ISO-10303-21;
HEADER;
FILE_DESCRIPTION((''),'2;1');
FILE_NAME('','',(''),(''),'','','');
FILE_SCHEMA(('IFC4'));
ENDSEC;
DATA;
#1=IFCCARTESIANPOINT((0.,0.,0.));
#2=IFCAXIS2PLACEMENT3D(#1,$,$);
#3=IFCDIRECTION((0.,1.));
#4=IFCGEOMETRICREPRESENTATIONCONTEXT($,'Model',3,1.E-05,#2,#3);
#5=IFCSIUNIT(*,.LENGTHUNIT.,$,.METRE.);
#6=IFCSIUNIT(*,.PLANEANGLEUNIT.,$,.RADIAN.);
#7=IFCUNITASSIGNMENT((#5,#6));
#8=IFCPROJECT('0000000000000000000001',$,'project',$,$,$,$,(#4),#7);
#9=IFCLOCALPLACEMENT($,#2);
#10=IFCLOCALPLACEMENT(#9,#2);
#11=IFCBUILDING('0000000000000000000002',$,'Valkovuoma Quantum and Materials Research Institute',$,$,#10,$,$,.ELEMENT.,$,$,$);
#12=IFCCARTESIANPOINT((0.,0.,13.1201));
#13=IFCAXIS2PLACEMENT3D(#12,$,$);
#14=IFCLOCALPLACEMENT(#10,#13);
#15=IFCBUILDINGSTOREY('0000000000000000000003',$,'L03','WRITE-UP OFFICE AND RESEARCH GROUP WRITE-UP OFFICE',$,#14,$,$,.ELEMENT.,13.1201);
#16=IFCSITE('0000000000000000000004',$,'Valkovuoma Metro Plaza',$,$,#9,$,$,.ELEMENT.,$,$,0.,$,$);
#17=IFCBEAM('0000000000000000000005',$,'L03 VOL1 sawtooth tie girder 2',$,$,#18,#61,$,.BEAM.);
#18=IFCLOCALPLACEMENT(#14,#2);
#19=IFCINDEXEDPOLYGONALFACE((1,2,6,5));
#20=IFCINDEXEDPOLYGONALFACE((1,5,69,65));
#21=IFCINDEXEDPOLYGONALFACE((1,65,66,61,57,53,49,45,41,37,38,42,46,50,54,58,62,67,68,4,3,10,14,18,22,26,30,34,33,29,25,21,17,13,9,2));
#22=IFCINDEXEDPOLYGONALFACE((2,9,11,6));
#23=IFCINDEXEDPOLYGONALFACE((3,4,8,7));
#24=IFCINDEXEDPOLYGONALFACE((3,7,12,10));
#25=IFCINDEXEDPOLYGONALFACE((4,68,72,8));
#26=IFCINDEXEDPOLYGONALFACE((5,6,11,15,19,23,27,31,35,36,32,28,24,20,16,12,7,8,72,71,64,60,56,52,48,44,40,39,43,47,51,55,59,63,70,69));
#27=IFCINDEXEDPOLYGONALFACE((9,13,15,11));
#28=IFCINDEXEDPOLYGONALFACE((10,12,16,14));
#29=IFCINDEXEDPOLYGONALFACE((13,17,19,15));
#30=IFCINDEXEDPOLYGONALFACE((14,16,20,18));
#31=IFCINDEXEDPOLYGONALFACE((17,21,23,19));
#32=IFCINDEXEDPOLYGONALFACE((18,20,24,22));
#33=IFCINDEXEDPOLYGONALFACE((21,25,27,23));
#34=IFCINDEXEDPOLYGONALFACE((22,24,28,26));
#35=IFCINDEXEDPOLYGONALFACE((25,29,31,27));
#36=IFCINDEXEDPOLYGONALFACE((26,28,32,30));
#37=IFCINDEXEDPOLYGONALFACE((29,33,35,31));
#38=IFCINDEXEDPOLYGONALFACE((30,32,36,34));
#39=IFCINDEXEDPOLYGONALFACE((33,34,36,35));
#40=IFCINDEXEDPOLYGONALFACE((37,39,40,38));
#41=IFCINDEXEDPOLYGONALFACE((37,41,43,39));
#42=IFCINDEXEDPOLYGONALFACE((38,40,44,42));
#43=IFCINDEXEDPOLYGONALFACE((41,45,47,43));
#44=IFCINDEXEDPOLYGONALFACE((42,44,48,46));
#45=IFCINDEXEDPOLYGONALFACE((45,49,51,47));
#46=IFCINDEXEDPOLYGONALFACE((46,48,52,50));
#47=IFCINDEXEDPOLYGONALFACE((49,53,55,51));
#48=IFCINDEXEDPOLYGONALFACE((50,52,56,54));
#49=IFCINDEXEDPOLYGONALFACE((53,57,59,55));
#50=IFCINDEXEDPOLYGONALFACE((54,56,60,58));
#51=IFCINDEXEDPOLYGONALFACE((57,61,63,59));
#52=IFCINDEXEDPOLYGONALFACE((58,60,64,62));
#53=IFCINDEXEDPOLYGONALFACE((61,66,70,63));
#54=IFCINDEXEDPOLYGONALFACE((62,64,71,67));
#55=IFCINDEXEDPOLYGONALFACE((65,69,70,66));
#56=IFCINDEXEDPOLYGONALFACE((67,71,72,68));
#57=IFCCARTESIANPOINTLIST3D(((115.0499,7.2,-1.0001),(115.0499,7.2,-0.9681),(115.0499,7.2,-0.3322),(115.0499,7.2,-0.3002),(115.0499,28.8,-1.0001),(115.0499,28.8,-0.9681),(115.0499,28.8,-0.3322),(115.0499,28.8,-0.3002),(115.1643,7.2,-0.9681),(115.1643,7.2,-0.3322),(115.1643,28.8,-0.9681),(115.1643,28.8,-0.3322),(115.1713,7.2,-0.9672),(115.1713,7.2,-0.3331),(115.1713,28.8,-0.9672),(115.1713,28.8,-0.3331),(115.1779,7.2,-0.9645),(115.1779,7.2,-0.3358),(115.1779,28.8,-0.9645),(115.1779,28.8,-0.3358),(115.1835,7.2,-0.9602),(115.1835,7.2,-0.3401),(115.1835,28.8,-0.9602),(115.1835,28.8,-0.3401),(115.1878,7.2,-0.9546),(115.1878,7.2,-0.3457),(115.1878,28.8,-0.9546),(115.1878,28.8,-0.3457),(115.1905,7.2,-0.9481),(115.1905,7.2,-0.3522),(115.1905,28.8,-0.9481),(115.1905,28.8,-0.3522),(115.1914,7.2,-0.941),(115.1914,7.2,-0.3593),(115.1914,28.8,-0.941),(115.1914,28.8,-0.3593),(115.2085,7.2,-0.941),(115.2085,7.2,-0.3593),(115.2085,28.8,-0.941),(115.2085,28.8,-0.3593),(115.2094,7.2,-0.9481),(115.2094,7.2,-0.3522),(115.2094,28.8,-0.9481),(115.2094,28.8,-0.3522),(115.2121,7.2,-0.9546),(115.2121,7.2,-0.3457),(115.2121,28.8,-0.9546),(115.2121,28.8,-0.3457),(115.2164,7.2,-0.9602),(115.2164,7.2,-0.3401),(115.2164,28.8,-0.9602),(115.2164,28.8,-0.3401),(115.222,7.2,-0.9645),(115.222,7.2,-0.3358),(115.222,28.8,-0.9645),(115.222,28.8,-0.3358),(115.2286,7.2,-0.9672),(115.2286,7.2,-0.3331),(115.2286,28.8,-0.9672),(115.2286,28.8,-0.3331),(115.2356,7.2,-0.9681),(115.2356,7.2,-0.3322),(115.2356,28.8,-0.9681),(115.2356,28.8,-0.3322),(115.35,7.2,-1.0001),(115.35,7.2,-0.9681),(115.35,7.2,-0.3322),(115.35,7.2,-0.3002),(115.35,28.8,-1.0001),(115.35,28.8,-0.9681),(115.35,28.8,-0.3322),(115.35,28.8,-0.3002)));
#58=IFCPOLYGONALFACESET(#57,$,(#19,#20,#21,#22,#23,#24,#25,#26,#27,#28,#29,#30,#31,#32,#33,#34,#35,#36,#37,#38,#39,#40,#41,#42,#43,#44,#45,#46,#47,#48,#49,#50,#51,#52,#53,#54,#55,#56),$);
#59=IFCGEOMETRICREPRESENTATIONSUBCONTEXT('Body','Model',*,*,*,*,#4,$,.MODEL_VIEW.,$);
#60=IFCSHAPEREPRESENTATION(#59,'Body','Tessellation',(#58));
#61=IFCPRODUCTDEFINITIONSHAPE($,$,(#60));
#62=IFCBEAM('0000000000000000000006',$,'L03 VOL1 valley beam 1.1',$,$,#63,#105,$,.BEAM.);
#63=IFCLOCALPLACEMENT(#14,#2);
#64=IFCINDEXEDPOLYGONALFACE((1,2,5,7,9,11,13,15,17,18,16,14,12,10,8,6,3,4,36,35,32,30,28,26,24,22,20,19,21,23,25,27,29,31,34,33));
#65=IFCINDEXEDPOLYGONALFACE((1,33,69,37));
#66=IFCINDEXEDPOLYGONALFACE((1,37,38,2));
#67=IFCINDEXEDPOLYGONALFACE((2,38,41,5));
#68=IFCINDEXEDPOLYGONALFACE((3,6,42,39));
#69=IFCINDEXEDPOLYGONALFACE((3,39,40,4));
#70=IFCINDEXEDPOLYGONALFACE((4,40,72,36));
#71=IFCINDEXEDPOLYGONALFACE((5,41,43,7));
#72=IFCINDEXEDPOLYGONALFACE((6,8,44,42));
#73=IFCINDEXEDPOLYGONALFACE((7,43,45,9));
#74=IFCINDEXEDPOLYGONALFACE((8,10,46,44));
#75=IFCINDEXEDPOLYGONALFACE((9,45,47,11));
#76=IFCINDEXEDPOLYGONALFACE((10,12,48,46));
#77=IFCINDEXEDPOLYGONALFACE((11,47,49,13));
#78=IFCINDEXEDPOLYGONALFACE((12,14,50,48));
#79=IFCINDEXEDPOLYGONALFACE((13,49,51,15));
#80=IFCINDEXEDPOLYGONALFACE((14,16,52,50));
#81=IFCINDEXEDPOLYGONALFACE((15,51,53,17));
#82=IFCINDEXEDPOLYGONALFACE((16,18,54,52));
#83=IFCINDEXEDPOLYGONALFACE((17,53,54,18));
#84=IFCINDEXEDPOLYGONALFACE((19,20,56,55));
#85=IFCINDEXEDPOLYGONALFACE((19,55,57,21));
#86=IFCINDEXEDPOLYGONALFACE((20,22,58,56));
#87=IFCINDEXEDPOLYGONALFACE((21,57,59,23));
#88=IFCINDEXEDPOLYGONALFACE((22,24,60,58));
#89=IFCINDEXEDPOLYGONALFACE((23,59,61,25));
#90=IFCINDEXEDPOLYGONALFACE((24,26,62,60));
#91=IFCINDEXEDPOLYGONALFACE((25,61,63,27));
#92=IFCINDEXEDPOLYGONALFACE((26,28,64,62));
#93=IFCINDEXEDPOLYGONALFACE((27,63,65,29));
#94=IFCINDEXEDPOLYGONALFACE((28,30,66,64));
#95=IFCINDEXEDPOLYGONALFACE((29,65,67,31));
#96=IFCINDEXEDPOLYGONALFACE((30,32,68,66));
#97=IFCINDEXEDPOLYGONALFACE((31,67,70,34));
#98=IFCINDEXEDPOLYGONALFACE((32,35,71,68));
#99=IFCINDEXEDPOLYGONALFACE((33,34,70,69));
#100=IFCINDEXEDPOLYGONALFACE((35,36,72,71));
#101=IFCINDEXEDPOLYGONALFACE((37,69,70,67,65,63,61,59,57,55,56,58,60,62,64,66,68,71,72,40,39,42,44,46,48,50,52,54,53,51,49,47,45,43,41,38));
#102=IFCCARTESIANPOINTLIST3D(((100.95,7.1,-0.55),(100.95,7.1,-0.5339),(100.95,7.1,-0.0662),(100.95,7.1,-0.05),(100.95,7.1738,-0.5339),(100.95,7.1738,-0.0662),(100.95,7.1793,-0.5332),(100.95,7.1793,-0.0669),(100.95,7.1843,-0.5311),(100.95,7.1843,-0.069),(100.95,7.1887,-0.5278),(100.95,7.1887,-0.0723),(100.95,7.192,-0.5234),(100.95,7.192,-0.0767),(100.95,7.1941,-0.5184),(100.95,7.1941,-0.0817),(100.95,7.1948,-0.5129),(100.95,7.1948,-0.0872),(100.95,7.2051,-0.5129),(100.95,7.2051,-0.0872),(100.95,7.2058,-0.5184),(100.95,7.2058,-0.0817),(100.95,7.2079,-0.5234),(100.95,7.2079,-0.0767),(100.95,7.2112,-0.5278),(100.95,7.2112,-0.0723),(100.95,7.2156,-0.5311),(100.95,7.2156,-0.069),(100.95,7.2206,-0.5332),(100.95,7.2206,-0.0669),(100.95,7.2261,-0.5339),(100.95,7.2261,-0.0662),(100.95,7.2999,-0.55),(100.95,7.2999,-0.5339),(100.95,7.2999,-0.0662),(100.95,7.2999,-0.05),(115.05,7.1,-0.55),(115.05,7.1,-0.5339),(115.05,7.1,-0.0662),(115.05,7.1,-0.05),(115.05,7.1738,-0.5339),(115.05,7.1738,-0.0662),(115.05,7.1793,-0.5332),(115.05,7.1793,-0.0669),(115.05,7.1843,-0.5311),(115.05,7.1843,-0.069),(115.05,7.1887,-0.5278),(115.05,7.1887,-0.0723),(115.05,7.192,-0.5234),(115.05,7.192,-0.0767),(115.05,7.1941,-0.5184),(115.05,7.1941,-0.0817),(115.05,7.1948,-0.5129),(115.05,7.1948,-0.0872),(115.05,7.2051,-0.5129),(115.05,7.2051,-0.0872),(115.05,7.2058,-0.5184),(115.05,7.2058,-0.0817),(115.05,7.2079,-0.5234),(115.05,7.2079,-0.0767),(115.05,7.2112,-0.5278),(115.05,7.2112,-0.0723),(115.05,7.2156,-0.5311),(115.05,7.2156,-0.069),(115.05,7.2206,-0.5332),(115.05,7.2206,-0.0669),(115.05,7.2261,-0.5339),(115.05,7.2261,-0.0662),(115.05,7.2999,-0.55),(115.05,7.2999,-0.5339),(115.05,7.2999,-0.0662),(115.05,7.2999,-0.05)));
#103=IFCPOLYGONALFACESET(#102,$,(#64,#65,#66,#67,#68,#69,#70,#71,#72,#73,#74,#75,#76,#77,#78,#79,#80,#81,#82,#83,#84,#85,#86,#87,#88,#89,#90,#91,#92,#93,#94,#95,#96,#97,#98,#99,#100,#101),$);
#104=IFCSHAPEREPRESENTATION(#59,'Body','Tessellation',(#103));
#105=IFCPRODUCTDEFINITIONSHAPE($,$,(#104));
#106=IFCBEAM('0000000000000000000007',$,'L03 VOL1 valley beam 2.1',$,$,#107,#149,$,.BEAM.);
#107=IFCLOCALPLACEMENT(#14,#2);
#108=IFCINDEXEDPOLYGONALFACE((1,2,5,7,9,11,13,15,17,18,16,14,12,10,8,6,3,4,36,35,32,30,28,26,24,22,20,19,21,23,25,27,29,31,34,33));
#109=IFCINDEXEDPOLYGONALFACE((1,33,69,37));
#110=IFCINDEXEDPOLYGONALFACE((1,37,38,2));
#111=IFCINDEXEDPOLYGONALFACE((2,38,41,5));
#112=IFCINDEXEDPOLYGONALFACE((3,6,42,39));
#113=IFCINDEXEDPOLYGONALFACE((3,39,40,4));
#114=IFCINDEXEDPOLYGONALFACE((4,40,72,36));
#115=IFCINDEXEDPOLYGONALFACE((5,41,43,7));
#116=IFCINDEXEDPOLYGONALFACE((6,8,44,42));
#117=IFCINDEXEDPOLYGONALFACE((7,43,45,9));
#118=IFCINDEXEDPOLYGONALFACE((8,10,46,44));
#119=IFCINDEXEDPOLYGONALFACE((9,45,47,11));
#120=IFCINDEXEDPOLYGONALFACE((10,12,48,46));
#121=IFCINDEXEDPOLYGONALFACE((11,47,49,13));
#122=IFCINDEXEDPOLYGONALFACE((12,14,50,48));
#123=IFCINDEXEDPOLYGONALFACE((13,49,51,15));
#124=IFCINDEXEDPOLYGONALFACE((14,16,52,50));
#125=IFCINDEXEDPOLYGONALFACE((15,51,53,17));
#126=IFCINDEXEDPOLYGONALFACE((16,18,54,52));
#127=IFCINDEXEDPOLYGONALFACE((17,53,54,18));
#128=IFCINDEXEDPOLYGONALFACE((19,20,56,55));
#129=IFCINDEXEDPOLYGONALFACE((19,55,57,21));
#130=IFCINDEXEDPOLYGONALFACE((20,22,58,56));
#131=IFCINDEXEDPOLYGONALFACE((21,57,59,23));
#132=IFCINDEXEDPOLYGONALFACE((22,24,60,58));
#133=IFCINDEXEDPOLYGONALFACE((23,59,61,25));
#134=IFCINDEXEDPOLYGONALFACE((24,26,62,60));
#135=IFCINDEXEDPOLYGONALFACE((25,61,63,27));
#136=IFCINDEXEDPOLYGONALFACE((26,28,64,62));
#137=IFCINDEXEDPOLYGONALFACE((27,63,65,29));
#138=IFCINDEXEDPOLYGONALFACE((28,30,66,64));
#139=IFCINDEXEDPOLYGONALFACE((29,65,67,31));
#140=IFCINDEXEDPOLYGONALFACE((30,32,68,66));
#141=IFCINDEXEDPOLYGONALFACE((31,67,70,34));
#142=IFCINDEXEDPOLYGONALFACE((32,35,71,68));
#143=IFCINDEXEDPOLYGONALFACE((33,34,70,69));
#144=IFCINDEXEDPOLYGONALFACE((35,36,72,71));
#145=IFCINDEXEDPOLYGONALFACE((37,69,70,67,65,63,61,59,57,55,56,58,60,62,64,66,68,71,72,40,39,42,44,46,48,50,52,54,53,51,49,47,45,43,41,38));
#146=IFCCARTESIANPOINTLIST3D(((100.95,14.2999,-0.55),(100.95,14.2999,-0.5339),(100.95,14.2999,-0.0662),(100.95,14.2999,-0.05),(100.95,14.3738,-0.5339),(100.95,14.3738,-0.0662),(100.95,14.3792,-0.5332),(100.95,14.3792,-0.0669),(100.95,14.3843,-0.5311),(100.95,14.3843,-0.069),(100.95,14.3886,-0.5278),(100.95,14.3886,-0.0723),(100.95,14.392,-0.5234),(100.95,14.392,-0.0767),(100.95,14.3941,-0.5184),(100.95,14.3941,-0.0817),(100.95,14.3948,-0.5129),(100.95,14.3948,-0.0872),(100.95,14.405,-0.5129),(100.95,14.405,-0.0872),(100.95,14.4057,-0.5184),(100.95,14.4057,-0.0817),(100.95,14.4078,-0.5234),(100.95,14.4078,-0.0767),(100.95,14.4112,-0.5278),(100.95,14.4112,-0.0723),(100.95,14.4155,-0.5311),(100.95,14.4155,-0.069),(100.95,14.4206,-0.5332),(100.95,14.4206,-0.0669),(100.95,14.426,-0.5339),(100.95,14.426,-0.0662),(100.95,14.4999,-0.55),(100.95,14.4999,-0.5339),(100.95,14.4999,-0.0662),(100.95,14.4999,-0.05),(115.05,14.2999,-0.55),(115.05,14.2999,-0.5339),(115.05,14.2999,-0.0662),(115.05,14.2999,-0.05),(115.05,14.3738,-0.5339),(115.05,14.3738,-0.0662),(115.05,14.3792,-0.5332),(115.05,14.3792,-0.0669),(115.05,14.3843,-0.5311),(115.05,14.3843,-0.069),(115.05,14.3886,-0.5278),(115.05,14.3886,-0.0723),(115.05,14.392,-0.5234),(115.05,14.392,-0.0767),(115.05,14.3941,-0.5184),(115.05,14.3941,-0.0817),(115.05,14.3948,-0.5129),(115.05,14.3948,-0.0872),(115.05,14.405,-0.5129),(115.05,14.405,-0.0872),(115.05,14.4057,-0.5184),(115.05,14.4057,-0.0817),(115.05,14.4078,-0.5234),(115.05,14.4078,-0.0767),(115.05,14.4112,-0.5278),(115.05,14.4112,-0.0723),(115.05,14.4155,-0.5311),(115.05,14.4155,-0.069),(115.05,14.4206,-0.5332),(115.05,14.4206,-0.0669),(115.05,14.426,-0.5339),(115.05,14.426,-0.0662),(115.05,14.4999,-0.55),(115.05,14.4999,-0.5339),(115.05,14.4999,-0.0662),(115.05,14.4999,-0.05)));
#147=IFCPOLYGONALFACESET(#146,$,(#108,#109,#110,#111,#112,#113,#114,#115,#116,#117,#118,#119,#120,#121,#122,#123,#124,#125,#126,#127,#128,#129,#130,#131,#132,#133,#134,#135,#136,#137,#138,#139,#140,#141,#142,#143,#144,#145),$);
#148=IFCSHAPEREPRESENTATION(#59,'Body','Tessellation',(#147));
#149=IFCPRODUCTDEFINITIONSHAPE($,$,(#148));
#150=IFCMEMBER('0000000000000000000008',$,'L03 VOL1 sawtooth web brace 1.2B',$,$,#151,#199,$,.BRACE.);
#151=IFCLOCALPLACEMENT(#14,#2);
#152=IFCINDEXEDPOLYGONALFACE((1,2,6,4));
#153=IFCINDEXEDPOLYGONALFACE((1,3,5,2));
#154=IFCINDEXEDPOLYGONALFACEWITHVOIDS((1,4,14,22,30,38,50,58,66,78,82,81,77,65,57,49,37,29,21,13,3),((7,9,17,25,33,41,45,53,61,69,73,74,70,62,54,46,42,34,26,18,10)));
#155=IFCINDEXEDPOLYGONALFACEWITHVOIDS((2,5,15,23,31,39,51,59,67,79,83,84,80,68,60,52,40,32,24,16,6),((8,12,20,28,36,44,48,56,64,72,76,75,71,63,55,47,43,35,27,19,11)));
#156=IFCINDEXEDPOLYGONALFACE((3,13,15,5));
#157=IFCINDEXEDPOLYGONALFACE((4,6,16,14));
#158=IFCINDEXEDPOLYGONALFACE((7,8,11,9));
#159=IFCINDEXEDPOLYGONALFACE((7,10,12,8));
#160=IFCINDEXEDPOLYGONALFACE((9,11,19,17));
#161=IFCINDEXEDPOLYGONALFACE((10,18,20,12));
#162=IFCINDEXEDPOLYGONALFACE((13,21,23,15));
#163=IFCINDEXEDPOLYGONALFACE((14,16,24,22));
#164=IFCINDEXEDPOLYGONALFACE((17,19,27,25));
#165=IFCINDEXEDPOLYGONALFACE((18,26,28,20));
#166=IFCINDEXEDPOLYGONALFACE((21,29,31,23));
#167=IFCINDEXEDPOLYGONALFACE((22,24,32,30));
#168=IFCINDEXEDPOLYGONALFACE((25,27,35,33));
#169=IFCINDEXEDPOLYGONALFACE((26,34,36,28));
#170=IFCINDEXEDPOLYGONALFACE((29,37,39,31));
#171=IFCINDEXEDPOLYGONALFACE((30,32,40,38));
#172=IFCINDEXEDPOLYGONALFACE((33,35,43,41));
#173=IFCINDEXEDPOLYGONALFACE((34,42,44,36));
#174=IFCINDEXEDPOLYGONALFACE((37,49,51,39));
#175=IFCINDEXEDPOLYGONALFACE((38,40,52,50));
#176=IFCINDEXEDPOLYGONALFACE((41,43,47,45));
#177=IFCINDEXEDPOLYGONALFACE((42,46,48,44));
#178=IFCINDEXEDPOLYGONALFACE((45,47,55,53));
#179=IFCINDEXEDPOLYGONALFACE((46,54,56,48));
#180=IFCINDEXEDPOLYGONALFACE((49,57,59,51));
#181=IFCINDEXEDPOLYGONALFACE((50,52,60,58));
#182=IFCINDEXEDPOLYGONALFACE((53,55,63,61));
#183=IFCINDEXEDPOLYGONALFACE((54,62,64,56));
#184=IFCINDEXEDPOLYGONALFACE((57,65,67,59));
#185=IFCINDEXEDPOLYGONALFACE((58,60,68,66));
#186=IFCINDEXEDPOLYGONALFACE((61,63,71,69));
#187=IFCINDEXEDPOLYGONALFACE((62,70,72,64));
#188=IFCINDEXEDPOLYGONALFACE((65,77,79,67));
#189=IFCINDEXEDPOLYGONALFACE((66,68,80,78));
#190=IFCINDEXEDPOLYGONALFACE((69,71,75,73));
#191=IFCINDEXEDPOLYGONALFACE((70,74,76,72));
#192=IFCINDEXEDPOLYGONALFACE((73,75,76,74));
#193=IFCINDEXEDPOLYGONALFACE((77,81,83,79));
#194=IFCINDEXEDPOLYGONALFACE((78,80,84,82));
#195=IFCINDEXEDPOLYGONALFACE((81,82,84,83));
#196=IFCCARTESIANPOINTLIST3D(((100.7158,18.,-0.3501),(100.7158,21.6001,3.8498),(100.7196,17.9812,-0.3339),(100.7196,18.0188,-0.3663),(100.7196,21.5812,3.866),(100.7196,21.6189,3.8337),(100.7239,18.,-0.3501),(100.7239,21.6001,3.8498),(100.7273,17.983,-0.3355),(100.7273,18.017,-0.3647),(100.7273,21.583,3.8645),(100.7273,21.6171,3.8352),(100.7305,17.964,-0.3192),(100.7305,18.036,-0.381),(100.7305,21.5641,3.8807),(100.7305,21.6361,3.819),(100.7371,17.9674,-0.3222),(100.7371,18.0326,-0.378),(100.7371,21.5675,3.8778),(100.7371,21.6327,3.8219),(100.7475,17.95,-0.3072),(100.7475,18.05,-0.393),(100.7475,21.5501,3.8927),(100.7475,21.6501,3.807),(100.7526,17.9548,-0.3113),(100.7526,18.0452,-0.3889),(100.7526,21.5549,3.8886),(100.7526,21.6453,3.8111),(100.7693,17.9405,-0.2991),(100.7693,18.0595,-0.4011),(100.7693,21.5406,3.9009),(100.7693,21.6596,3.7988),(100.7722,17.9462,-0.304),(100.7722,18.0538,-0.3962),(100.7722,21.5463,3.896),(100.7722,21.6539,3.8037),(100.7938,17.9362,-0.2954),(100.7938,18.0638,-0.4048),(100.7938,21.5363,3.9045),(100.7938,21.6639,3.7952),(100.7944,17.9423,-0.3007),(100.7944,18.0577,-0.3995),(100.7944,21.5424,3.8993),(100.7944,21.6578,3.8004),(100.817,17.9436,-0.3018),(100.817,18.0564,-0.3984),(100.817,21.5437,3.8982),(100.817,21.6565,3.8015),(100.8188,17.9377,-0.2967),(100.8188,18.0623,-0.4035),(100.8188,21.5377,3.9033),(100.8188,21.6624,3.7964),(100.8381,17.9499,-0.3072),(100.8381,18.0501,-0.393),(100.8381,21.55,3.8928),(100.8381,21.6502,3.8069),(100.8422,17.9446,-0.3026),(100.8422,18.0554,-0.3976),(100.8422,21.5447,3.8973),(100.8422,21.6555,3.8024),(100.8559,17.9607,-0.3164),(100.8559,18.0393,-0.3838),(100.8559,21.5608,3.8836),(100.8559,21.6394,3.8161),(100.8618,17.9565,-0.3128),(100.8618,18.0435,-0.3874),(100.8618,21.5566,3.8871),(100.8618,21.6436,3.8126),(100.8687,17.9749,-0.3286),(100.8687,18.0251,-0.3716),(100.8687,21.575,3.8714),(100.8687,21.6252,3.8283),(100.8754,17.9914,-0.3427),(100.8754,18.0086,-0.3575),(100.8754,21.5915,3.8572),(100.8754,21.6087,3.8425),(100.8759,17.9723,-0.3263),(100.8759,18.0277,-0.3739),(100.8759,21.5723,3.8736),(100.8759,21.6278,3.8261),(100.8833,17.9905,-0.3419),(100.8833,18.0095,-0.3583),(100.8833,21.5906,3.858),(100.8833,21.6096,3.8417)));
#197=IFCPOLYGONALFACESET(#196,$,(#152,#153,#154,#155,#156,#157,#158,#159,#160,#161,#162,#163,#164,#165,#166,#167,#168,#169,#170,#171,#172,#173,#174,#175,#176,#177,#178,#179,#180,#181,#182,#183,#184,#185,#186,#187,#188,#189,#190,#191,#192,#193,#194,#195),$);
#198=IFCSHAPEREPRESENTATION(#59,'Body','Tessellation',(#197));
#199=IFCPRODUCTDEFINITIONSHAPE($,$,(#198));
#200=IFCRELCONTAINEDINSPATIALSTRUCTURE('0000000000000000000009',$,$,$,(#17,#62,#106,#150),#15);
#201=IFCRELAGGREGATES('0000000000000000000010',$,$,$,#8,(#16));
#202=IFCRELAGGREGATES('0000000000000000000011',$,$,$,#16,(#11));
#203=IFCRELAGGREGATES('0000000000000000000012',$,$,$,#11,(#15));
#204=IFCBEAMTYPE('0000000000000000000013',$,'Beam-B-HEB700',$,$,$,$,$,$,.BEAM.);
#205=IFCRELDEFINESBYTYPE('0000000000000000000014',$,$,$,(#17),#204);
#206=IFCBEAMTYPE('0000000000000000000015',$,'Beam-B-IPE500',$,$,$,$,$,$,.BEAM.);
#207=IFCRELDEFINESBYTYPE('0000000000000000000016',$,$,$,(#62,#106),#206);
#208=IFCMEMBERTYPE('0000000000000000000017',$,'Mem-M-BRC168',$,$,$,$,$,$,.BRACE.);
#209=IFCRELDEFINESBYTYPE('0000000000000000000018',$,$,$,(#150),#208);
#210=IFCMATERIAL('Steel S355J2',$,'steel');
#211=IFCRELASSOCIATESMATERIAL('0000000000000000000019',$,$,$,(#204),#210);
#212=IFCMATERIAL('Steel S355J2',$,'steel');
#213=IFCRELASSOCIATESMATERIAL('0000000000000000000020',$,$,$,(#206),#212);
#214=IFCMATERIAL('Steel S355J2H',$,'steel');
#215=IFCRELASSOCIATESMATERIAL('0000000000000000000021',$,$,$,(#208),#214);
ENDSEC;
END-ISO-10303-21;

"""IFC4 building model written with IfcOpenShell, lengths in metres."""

from ifc_helpers import new_model, si_unit, direction, frame, origin, origin_2d, place, context, subcontext, project, spatial, hollow_circle, i_section, extrude, material, material_profile, profile_set, type_object, element, save


model = new_model("IFC4")

# Units and contexts
model_context = context("Model", 3, precision=1e-05, world=origin(), true_north=direction((0.0, 1.0)))
body_context = subcontext(model_context, "Body", "Model", "MODEL_VIEW")
ifc_project = project(units=[si_unit("LENGTHUNIT", "METRE"), si_unit("PLANEANGLEUNIT", "RADIAN")], contexts=[model_context])

# Site, building, storey
site_placement = place(None, origin())
site = spatial("IfcSite", under=ifc_project, at=site_placement, Name="Valkovuoma Metro Plaza", CompositionType="ELEMENT", RefElevation=0.0)
building_placement = place(site_placement, origin())
building = spatial("IfcBuilding", under=site, at=building_placement, Name="Valkovuoma Quantum and Materials Research Institute", CompositionType="ELEMENT")
storey_placement = place(building_placement, frame((0.0, 0.0, 13.1201)))
storey = spatial("IfcBuildingStorey", under=building, at=storey_placement, Name="L03", Description="WRITE-UP OFFICE AND RESEARCH GROUP WRITE-UP OFFICE", CompositionType="ELEMENT", Elevation=13.1201)

# Beams
ifc_material_1 = material(Name="Steel S355J2", Category="steel")
ifc_material_profile_1 = material_profile(ifc_material_1, i_section(OverallWidth=0.3, OverallDepth=0.7, WebThickness=0.0171, FlangeThickness=0.032, FilletRadius=0.0271, at=origin_2d()), Name="Steel S355J2")
ifc_profile_set_1 = profile_set([ifc_material_profile_1], Name="Steel S355J2")
beam_type_1 = type_object("IfcBeamType", Name="Beam-B-HEB700", PredefinedType="BEAM", material=ifc_profile_set_1)
beam_placement = place(storey_placement, frame((115.2, 7.2, -0.6501), z_axis=(0.0, 1.0, 0.0), x_axis=(-1.0, 0.0, 0.0)))
element("IfcBeam", 1, at=beam_placement, inside=storey, type_object=beam_type_1, Name="L03 VOL1 sawtooth tie girder 2", PredefinedType="BEAM", context=body_context, shape_type="SweptSolid", body=[
    extrude(i_section(OverallWidth=0.3, OverallDepth=0.7, WebThickness=0.0171, FlangeThickness=0.032, FilletRadius=0.0271, at=origin_2d()), origin(), (0.0, 0.0, 1.0), 21.6001),
])
ifc_material_2 = material(Name="Steel S355J2", Category="steel")
ifc_material_profile_2 = material_profile(ifc_material_2, i_section(OverallWidth=0.2, OverallDepth=0.5, WebThickness=0.0103, FlangeThickness=0.0161, FilletRadius=0.021, at=origin_2d()), Name="Steel S355J2")
ifc_profile_set_2 = profile_set([ifc_material_profile_2], Name="Steel S355J2")
beam_type_2 = type_object("IfcBeamType", Name="Beam-B-IPE500", PredefinedType="BEAM", material=ifc_profile_set_2)
for number, where, z_axis, x_axis, name in (
    (2, (100.95, 7.2, -0.3), (1.0, 0.0, 0.0), (0.0, 1.0, 0.0), "L03 VOL1 valley beam 1.1"),
    (3, (100.95, 14.3999, -0.3), (1.0, 0.0, 0.0), (0.0, 1.0, 0.0), "L03 VOL1 valley beam 2.1"),
):
    element("IfcBeam", number, at=place(storey_placement, frame(where, z_axis=z_axis, x_axis=x_axis)), inside=storey, type_object=beam_type_2, Name=name, PredefinedType="BEAM", context=body_context, shape_type="SweptSolid", body=[
        extrude(i_section(OverallWidth=0.2, OverallDepth=0.5, WebThickness=0.0103, FlangeThickness=0.0161, FilletRadius=0.021, at=origin_2d()), origin(), (0.0, 0.0, 1.0), 14.1001),
    ])

# Member
ifc_material_3 = material(Name="Steel S355J2H", Category="steel")
ifc_material_profile_3 = material_profile(ifc_material_3, hollow_circle(Radius=0.0842, WallThickness=0.0081, at=origin_2d()), Name="Steel S355J2H")
ifc_profile_set_3 = profile_set([ifc_material_profile_3], Name="Steel S355J2H")
member_type_1 = type_object("IfcMemberType", Name="Mem-M-BRC168", PredefinedType="BRACE", material=ifc_profile_set_3)
member_1_placement = place(storey_placement, frame((100.8, 18.0, -0.3501), z_axis=(0.0, 0.650806, 0.759244), x_axis=(-1.0, 0.0, 0.0)))
element("IfcMember", 4, at=member_1_placement, inside=storey, type_object=member_type_1, Name="L03 VOL1 sawtooth web brace 1.2B", PredefinedType="BRACE", context=body_context, shape_type="SweptSolid", body=[
    extrude(hollow_circle(Radius=0.0842, WallThickness=0.0081, at=origin_2d()), origin(), (0.0, 0.0, 1.0), 5.5317),
])

save(model, "model.ifc")
